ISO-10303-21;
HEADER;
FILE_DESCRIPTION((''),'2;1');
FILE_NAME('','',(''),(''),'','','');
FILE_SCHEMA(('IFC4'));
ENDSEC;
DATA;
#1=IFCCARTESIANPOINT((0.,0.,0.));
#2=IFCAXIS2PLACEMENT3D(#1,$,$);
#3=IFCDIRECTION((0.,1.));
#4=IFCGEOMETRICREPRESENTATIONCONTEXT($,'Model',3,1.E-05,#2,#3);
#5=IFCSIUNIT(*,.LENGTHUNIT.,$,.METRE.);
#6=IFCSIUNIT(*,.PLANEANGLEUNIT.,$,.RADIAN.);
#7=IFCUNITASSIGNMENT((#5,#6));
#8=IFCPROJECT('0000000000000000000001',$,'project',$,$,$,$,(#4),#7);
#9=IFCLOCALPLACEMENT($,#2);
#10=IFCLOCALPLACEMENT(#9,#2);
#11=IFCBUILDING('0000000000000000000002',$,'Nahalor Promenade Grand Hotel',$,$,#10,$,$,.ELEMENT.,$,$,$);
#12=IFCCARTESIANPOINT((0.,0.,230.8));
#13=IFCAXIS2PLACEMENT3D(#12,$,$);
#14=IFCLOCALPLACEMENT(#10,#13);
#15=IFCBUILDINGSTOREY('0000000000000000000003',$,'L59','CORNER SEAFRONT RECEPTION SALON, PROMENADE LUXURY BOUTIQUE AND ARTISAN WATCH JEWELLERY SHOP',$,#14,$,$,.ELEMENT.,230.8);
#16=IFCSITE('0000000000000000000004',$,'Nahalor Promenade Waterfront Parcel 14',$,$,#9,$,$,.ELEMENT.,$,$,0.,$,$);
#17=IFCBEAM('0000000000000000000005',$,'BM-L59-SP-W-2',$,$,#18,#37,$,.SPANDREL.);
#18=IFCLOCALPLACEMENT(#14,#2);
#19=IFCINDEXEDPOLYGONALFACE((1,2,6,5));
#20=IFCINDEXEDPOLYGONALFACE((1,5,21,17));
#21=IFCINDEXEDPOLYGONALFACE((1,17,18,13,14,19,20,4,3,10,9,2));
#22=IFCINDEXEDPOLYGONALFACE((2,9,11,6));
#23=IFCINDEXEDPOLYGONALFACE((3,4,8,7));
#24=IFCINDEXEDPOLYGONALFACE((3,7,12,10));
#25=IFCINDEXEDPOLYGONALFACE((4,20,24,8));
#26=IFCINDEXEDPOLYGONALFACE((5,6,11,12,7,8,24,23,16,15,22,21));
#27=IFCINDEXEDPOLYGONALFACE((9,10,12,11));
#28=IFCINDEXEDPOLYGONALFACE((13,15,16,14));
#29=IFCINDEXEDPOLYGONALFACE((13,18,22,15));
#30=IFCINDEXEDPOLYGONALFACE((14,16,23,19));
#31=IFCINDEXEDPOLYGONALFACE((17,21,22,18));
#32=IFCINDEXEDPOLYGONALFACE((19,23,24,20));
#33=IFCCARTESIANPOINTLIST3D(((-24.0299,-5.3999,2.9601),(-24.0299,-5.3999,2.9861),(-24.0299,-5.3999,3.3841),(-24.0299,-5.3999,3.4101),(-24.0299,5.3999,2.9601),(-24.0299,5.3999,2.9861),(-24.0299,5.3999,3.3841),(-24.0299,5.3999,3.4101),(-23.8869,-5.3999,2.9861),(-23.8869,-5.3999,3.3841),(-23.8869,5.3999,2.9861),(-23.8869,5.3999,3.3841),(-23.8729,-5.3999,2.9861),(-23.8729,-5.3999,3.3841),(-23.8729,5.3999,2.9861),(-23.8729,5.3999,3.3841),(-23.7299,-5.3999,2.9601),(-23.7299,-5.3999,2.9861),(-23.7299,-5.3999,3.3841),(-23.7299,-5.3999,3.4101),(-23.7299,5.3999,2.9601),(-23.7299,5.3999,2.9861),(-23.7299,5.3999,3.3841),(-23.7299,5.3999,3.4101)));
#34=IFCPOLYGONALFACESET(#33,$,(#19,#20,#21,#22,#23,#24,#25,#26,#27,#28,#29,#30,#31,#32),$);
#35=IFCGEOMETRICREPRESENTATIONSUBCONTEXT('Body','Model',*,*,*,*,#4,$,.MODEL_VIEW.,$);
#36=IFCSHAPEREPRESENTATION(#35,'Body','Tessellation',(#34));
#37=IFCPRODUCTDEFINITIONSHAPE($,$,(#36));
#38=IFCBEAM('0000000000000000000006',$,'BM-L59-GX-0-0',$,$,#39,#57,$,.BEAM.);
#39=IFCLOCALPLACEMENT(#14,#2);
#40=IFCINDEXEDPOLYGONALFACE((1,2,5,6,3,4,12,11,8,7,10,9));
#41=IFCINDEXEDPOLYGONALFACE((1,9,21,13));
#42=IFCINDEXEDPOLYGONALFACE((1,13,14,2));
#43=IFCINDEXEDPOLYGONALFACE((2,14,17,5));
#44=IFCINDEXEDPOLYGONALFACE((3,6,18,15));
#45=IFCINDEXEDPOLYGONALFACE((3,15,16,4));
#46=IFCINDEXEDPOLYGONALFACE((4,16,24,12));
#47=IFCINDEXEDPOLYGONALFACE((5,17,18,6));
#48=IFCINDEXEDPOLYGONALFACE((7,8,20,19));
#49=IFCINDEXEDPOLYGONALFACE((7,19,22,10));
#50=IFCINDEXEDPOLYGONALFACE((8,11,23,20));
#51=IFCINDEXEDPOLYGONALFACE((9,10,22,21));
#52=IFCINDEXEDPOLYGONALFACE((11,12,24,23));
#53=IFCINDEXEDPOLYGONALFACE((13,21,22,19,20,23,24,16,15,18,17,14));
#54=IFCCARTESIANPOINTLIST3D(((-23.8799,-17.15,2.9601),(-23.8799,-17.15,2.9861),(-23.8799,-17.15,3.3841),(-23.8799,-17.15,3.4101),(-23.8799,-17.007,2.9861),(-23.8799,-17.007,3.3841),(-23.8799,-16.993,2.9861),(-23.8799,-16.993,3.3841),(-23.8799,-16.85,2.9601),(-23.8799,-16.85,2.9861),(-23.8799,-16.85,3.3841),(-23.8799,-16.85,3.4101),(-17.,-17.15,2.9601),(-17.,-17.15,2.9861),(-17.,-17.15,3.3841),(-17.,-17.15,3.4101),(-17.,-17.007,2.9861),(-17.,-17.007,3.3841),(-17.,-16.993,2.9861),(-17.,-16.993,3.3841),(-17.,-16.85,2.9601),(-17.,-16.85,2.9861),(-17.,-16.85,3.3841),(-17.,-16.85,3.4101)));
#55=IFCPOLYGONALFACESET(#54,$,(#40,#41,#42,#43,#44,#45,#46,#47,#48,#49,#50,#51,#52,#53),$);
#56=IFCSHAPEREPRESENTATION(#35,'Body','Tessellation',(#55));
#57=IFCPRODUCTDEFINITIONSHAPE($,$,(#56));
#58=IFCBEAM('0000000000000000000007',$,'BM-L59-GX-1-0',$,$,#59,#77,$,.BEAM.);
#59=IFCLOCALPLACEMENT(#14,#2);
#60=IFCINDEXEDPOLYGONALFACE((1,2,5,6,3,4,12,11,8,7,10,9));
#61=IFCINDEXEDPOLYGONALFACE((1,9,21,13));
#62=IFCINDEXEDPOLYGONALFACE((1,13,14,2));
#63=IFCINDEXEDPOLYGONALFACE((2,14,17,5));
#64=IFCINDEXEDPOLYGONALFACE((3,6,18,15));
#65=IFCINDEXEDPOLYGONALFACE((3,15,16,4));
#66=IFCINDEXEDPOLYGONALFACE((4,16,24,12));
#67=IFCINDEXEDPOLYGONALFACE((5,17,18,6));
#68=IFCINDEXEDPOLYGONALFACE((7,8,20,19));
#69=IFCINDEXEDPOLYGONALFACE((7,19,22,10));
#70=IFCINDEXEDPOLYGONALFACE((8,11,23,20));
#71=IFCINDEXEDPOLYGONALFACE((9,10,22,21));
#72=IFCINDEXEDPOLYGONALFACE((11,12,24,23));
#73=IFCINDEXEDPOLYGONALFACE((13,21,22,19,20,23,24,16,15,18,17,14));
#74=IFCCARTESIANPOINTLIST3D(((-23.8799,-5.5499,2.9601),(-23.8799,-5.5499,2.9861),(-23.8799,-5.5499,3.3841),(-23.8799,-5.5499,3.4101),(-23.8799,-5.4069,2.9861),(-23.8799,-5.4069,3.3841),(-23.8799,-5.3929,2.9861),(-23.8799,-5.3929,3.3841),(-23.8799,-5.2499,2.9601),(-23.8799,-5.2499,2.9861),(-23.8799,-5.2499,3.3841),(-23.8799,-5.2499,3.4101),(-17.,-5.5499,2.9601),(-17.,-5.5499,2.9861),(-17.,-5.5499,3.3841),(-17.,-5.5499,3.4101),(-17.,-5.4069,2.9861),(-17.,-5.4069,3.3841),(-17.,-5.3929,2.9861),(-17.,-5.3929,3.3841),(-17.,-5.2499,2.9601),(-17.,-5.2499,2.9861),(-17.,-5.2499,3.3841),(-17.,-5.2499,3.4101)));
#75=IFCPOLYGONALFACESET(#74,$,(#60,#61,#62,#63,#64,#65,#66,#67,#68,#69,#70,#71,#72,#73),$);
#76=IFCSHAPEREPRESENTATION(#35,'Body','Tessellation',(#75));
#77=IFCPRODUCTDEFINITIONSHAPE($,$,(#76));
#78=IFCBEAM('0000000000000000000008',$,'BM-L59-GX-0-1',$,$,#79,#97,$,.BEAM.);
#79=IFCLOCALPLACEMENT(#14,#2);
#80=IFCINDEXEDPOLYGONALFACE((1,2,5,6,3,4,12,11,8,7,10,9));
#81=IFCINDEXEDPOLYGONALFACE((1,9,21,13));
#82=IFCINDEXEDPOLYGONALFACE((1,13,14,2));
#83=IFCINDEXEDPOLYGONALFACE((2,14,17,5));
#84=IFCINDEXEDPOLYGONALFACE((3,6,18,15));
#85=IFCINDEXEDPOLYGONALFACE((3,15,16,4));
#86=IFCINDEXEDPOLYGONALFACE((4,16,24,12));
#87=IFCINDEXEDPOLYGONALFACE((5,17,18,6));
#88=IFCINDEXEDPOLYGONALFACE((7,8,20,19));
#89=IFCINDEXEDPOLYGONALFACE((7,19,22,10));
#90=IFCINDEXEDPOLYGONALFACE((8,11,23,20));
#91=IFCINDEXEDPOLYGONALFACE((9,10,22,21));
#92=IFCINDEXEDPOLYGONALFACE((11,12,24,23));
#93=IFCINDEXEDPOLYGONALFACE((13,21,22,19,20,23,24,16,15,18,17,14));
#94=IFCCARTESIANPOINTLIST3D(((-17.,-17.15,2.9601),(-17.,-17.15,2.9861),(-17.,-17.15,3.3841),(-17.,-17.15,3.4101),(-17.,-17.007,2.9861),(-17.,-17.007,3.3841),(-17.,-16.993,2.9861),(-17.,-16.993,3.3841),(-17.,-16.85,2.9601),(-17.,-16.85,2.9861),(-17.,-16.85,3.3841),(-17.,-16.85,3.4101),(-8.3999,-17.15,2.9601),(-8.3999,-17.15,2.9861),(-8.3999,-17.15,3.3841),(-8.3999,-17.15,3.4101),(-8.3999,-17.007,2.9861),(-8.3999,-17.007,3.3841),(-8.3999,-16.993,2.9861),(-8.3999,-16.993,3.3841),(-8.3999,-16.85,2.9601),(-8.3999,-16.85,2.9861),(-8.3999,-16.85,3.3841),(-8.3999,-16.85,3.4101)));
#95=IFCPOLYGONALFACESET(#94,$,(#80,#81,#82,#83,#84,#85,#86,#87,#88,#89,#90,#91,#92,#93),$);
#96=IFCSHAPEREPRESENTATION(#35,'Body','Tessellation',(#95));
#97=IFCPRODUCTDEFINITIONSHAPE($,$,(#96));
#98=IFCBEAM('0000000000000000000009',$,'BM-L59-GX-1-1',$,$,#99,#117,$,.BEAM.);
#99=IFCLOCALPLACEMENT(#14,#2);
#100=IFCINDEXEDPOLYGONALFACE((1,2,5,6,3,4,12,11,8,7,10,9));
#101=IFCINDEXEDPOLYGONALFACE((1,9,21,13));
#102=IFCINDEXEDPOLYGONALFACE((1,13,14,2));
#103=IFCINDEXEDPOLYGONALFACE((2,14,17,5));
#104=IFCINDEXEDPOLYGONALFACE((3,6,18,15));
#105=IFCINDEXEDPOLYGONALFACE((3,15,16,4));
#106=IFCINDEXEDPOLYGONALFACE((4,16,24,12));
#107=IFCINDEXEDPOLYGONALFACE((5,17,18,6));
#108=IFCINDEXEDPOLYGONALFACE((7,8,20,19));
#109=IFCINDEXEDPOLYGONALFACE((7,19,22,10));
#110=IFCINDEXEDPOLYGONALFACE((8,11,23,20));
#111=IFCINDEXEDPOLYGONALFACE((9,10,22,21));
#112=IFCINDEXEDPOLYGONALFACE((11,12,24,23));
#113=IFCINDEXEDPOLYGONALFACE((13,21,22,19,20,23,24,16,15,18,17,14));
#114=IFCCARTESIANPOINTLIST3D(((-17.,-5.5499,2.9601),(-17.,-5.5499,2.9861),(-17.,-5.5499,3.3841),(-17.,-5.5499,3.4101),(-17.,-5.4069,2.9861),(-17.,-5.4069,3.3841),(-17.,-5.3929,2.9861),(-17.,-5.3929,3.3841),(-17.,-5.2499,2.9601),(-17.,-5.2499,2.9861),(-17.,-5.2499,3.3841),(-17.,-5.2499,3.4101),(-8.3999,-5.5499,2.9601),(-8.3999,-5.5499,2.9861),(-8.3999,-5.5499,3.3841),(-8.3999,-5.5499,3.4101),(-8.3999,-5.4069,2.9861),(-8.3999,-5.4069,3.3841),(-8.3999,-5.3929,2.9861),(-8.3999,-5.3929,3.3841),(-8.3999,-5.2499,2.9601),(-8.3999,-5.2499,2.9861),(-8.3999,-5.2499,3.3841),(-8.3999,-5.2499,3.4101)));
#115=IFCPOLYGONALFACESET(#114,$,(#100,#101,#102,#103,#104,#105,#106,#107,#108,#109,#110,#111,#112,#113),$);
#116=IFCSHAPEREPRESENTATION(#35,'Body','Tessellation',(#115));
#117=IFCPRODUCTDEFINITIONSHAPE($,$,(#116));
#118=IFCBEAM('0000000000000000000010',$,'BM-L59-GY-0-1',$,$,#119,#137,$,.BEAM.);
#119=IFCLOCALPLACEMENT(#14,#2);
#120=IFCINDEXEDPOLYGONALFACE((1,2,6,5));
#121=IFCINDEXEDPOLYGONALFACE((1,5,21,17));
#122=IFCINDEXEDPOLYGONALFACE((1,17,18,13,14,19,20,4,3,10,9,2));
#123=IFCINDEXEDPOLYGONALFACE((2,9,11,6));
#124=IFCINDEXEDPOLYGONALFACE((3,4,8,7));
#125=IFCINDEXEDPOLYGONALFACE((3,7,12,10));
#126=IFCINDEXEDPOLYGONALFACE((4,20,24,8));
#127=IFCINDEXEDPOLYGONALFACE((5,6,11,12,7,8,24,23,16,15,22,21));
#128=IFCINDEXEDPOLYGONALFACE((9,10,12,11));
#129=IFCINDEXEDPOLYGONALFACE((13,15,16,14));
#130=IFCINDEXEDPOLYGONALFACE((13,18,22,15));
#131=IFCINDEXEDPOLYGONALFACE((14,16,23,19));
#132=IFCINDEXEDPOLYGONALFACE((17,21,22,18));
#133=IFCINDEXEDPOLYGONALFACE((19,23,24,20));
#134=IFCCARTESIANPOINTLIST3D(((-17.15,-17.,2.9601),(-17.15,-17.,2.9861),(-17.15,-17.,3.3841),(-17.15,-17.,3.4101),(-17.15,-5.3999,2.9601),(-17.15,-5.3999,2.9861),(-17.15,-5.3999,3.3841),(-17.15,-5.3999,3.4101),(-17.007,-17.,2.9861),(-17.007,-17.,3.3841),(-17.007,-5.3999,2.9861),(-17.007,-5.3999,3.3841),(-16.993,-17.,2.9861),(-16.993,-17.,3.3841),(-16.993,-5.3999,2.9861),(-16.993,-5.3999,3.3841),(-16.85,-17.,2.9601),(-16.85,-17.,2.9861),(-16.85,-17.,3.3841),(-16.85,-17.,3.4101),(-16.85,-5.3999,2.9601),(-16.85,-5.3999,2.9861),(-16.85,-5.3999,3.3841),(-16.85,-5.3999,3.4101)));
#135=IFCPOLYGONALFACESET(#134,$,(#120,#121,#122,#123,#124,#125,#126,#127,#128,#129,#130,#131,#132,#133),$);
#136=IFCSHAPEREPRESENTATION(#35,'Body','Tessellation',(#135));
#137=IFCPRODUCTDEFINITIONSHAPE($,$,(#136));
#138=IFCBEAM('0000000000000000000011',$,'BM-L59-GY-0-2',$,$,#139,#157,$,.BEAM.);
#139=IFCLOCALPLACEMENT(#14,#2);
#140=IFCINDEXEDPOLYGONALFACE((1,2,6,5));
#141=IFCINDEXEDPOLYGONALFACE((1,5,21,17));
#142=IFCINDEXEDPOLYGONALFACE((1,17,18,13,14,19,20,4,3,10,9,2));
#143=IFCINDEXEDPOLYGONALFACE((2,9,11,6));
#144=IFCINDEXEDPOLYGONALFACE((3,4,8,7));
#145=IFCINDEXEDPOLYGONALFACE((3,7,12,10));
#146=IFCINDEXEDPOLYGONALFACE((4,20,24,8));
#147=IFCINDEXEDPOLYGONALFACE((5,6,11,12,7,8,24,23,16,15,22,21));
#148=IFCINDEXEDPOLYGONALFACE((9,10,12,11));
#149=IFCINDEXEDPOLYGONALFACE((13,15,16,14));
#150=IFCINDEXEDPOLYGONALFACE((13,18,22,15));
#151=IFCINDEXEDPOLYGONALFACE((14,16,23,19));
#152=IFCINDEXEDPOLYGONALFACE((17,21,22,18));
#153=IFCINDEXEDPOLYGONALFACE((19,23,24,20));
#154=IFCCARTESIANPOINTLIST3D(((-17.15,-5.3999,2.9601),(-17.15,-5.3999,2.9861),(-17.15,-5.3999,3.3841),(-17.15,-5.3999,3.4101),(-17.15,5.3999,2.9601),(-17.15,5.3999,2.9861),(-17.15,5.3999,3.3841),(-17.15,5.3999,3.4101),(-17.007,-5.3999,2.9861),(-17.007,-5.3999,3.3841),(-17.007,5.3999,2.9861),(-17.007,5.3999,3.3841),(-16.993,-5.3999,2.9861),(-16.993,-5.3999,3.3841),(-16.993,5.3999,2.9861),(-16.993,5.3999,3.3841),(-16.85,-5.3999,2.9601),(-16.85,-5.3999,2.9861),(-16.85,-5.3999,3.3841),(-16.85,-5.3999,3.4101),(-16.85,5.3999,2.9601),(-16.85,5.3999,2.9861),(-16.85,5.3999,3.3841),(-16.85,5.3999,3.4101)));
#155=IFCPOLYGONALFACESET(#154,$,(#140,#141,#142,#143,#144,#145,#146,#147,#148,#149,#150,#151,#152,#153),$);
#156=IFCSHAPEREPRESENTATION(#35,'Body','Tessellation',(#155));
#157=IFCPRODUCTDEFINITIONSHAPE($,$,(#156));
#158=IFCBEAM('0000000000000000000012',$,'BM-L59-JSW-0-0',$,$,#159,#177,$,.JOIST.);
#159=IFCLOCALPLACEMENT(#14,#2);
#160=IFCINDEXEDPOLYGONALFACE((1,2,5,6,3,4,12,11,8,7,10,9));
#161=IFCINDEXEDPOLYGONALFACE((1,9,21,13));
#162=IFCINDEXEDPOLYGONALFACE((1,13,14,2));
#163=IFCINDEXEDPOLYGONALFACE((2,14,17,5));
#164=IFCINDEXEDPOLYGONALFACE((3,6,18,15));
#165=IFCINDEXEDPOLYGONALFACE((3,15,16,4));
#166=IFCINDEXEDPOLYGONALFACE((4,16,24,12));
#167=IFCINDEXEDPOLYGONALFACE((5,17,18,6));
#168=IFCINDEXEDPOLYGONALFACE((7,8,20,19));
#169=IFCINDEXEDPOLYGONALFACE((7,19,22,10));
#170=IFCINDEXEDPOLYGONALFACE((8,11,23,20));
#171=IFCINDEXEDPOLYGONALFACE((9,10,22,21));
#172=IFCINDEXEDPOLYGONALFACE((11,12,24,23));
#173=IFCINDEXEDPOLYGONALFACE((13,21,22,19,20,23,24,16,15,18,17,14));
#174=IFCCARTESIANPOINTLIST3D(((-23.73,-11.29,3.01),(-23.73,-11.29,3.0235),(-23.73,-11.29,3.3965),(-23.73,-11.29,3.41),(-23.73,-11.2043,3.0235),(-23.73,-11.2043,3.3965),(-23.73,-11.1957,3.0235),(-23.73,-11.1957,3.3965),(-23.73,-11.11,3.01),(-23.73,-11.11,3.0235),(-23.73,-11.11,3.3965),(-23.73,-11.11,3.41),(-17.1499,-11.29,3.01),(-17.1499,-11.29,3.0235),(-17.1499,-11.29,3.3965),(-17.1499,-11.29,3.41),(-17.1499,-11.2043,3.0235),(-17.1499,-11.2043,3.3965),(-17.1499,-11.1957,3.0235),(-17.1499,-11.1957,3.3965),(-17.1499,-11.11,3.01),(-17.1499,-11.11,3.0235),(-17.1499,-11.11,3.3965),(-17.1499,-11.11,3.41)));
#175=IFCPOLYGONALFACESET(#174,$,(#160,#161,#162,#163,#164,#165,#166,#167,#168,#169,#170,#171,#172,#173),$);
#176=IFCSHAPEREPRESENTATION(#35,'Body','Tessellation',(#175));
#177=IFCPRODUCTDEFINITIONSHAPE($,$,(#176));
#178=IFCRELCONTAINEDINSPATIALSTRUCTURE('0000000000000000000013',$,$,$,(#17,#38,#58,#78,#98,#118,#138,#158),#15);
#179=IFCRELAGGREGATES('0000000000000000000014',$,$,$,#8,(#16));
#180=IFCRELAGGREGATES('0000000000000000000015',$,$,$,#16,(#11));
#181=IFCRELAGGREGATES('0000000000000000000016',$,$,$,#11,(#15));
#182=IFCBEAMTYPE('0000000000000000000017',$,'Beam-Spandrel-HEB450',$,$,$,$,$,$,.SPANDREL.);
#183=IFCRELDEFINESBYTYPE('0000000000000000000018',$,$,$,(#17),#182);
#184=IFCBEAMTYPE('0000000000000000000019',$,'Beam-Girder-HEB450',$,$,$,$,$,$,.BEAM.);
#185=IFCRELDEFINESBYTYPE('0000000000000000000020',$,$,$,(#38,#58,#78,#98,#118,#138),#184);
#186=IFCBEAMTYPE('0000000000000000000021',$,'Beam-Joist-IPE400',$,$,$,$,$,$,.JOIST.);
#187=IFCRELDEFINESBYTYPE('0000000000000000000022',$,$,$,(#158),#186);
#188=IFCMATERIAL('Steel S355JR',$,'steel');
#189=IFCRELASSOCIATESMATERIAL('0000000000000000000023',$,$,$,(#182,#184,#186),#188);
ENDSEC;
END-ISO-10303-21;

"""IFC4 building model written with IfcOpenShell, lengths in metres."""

from ifc_helpers import new_model, si_unit, direction, frame, origin, origin_2d, place, context, subcontext, project, spatial, i_section, extrude, source, transform, mapped, material, material_profile, profile_set, type_object, element, save


model = new_model("IFC4")

# Units and contexts
model_context = context("Model", 3, precision=1e-05, world=origin(), true_north=direction((0.0, 1.0)))
body_context = subcontext(model_context, "Body", "Model", "MODEL_VIEW")
ifc_project = project(units=[si_unit("LENGTHUNIT", "METRE"), si_unit("PLANEANGLEUNIT", "RADIAN")], contexts=[model_context])

# Site, building, storey
site_placement = place(None, origin())
site = spatial("IfcSite", under=ifc_project, at=site_placement, Name="Nahalor Promenade Waterfront Parcel 14", CompositionType="ELEMENT", RefElevation=0.0)
building_placement = place(site_placement, origin())
building = spatial("IfcBuilding", under=site, at=building_placement, Name="Nahalor Promenade Grand Hotel", CompositionType="ELEMENT")
storey_placement = place(building_placement, frame((0.0, 0.0, 230.8)))
storey = spatial("IfcBuildingStorey", under=building, at=storey_placement, Name="L59", Description="CORNER SEAFRONT RECEPTION SALON, PROMENADE LUXURY BOUTIQUE AND ARTISAN WATCH JEWELLERY SHOP", CompositionType="ELEMENT", Elevation=230.8)

# Shared definitions
ifc_material_1 = material(Name="Steel S355JR", Category="steel")

# Beams
ifc_material_profile_1 = material_profile(ifc_material_1, i_section(OverallWidth=0.3, OverallDepth=0.45, WebThickness=0.014, FlangeThickness=0.026, at=origin_2d()), Name="HEB 450")
ifc_profile_set_1 = profile_set([ifc_material_profile_1], Name="Steel S355JR")
beam_type_1 = type_object("IfcBeamType", Name="Beam-Spandrel-HEB450", PredefinedType="SPANDREL", material=ifc_profile_set_1)
shared_shape_1 = source(origin(), body_context, "Body", "SweptSolid", [
    extrude(i_section(OverallWidth=0.3, OverallDepth=0.45, WebThickness=0.014, FlangeThickness=0.026, at=origin_2d()), origin(), (0.0, 0.0, 1.0), 10.7998),
])
beam_1_placement = place(storey_placement, frame((-23.8799, -5.3999, 3.1851), z_axis=(0.0, 1.0, 0.0), x_axis=(-1.0, 0.0, 0.0)))
element("IfcBeam", 1, at=beam_1_placement, inside=storey, type_object=beam_type_1, Name="BM-L59-SP-W-2", PredefinedType="SPANDREL", context=body_context, shape_type="MappedRepresentation", body=[
    mapped(shared_shape_1, transform((0.0, 0.0, 0.0), scale=1.0)),
])
ifc_material_profile_2 = material_profile(ifc_material_1, i_section(OverallWidth=0.3, OverallDepth=0.45, WebThickness=0.014, FlangeThickness=0.026, at=origin_2d()), Name="HEB 450")
ifc_profile_set_2 = profile_set([ifc_material_profile_2], Name="Steel S355JR")
beam_type_2 = type_object("IfcBeamType", Name="Beam-Girder-HEB450", PredefinedType="BEAM", material=ifc_profile_set_2)
shared_shape_2 = source(origin(), body_context, "Body", "SweptSolid", [
    extrude(i_section(OverallWidth=0.3, OverallDepth=0.45, WebThickness=0.014, FlangeThickness=0.026, at=origin_2d()), origin(), (0.0, 0.0, 1.0), 6.8799),
])
for number, where, z_axis, x_axis, name in (
    (2, (-23.8799, -17.0, 3.1851), (1.0, 0.0, 0.0), (0.0, 1.0, 0.0), "BM-L59-GX-0-0"),
    (3, (-23.8799, -5.3999, 3.1851), (1.0, 0.0, 0.0), (0.0, 1.0, 0.0), "BM-L59-GX-1-0"),
):
    element("IfcBeam", number, at=place(storey_placement, frame(where, z_axis=z_axis, x_axis=x_axis)), inside=storey, type_object=beam_type_2, Name=name, PredefinedType="BEAM", context=body_context, shape_type="MappedRepresentation", body=[
        mapped(shared_shape_2, transform((0.0, 0.0, 0.0), scale=1.0)),
    ])
shared_shape_3 = source(origin(), body_context, "Body", "SweptSolid", [
    extrude(i_section(OverallWidth=0.3, OverallDepth=0.45, WebThickness=0.014, FlangeThickness=0.026, at=origin_2d()), origin(), (0.0, 0.0, 1.0), 8.6001),
])
for number, where, z_axis, x_axis, name in (
    (4, (-17.0, -17.0, 3.1851), (1.0, 0.0, 0.0), (0.0, 1.0, 0.0), "BM-L59-GX-0-1"),
    (5, (-17.0, -5.3999, 3.1851), (1.0, 0.0, 0.0), (0.0, 1.0, 0.0), "BM-L59-GX-1-1"),
):
    element("IfcBeam", number, at=place(storey_placement, frame(where, z_axis=z_axis, x_axis=x_axis)), inside=storey, type_object=beam_type_2, Name=name, PredefinedType="BEAM", context=body_context, shape_type="MappedRepresentation", body=[
        mapped(shared_shape_3, transform((0.0, 0.0, 0.0), scale=1.0)),
    ])
shared_shape_4 = source(origin(), body_context, "Body", "SweptSolid", [
    extrude(i_section(OverallWidth=0.3, OverallDepth=0.45, WebThickness=0.014, FlangeThickness=0.026, at=origin_2d()), origin(), (0.0, 0.0, 1.0), 11.6001),
])
beam_2_placement = place(storey_placement, frame((-17.0, -17.0, 3.1851), z_axis=(0.0, 1.0, 0.0), x_axis=(-1.0, 0.0, 0.0)))
element("IfcBeam", 6, at=beam_2_placement, inside=storey, type_object=beam_type_2, Name="BM-L59-GY-0-1", PredefinedType="BEAM", context=body_context, shape_type="MappedRepresentation", body=[
    mapped(shared_shape_4, transform((0.0, 0.0, 0.0), scale=1.0)),
])
shared_shape_5 = source(origin(), body_context, "Body", "SweptSolid", [
    extrude(i_section(OverallWidth=0.3, OverallDepth=0.45, WebThickness=0.014, FlangeThickness=0.026, at=origin_2d()), origin(), (0.0, 0.0, 1.0), 10.7998),
])
beam_3_placement = place(storey_placement, frame((-17.0, -5.3999, 3.1851), z_axis=(0.0, 1.0, 0.0), x_axis=(-1.0, 0.0, 0.0)))
element("IfcBeam", 7, at=beam_3_placement, inside=storey, type_object=beam_type_2, Name="BM-L59-GY-0-2", PredefinedType="BEAM", context=body_context, shape_type="MappedRepresentation", body=[
    mapped(shared_shape_5, transform((0.0, 0.0, 0.0), scale=1.0)),
])
ifc_material_profile_3 = material_profile(ifc_material_1, i_section(OverallWidth=0.18, OverallDepth=0.4, WebThickness=0.0086, FlangeThickness=0.0135, at=origin_2d()), Name="IPE 400")
ifc_profile_set_3 = profile_set([ifc_material_profile_3], Name="Steel S355JR")
beam_type_3 = type_object("IfcBeamType", Name="Beam-Joist-IPE400", PredefinedType="JOIST", material=ifc_profile_set_3)
shared_shape_6 = source(origin(), body_context, "Body", "SweptSolid", [
    extrude(i_section(OverallWidth=0.18, OverallDepth=0.4, WebThickness=0.0086, FlangeThickness=0.0135, at=origin_2d()), origin(), (0.0, 0.0, 1.0), 6.5801),
])
beam_4_placement = place(storey_placement, frame((-23.73, -11.2, 3.21), z_axis=(1.0, 0.0, 0.0), x_axis=(0.0, 1.0, 0.0)))
element("IfcBeam", 8, at=beam_4_placement, inside=storey, type_object=beam_type_3, Name="BM-L59-JSW-0-0", PredefinedType="JOIST", context=body_context, shape_type="MappedRepresentation", body=[
    mapped(shared_shape_6, transform((0.0, 0.0, 0.0), scale=1.0)),
])

save(model, "model.ifc")
